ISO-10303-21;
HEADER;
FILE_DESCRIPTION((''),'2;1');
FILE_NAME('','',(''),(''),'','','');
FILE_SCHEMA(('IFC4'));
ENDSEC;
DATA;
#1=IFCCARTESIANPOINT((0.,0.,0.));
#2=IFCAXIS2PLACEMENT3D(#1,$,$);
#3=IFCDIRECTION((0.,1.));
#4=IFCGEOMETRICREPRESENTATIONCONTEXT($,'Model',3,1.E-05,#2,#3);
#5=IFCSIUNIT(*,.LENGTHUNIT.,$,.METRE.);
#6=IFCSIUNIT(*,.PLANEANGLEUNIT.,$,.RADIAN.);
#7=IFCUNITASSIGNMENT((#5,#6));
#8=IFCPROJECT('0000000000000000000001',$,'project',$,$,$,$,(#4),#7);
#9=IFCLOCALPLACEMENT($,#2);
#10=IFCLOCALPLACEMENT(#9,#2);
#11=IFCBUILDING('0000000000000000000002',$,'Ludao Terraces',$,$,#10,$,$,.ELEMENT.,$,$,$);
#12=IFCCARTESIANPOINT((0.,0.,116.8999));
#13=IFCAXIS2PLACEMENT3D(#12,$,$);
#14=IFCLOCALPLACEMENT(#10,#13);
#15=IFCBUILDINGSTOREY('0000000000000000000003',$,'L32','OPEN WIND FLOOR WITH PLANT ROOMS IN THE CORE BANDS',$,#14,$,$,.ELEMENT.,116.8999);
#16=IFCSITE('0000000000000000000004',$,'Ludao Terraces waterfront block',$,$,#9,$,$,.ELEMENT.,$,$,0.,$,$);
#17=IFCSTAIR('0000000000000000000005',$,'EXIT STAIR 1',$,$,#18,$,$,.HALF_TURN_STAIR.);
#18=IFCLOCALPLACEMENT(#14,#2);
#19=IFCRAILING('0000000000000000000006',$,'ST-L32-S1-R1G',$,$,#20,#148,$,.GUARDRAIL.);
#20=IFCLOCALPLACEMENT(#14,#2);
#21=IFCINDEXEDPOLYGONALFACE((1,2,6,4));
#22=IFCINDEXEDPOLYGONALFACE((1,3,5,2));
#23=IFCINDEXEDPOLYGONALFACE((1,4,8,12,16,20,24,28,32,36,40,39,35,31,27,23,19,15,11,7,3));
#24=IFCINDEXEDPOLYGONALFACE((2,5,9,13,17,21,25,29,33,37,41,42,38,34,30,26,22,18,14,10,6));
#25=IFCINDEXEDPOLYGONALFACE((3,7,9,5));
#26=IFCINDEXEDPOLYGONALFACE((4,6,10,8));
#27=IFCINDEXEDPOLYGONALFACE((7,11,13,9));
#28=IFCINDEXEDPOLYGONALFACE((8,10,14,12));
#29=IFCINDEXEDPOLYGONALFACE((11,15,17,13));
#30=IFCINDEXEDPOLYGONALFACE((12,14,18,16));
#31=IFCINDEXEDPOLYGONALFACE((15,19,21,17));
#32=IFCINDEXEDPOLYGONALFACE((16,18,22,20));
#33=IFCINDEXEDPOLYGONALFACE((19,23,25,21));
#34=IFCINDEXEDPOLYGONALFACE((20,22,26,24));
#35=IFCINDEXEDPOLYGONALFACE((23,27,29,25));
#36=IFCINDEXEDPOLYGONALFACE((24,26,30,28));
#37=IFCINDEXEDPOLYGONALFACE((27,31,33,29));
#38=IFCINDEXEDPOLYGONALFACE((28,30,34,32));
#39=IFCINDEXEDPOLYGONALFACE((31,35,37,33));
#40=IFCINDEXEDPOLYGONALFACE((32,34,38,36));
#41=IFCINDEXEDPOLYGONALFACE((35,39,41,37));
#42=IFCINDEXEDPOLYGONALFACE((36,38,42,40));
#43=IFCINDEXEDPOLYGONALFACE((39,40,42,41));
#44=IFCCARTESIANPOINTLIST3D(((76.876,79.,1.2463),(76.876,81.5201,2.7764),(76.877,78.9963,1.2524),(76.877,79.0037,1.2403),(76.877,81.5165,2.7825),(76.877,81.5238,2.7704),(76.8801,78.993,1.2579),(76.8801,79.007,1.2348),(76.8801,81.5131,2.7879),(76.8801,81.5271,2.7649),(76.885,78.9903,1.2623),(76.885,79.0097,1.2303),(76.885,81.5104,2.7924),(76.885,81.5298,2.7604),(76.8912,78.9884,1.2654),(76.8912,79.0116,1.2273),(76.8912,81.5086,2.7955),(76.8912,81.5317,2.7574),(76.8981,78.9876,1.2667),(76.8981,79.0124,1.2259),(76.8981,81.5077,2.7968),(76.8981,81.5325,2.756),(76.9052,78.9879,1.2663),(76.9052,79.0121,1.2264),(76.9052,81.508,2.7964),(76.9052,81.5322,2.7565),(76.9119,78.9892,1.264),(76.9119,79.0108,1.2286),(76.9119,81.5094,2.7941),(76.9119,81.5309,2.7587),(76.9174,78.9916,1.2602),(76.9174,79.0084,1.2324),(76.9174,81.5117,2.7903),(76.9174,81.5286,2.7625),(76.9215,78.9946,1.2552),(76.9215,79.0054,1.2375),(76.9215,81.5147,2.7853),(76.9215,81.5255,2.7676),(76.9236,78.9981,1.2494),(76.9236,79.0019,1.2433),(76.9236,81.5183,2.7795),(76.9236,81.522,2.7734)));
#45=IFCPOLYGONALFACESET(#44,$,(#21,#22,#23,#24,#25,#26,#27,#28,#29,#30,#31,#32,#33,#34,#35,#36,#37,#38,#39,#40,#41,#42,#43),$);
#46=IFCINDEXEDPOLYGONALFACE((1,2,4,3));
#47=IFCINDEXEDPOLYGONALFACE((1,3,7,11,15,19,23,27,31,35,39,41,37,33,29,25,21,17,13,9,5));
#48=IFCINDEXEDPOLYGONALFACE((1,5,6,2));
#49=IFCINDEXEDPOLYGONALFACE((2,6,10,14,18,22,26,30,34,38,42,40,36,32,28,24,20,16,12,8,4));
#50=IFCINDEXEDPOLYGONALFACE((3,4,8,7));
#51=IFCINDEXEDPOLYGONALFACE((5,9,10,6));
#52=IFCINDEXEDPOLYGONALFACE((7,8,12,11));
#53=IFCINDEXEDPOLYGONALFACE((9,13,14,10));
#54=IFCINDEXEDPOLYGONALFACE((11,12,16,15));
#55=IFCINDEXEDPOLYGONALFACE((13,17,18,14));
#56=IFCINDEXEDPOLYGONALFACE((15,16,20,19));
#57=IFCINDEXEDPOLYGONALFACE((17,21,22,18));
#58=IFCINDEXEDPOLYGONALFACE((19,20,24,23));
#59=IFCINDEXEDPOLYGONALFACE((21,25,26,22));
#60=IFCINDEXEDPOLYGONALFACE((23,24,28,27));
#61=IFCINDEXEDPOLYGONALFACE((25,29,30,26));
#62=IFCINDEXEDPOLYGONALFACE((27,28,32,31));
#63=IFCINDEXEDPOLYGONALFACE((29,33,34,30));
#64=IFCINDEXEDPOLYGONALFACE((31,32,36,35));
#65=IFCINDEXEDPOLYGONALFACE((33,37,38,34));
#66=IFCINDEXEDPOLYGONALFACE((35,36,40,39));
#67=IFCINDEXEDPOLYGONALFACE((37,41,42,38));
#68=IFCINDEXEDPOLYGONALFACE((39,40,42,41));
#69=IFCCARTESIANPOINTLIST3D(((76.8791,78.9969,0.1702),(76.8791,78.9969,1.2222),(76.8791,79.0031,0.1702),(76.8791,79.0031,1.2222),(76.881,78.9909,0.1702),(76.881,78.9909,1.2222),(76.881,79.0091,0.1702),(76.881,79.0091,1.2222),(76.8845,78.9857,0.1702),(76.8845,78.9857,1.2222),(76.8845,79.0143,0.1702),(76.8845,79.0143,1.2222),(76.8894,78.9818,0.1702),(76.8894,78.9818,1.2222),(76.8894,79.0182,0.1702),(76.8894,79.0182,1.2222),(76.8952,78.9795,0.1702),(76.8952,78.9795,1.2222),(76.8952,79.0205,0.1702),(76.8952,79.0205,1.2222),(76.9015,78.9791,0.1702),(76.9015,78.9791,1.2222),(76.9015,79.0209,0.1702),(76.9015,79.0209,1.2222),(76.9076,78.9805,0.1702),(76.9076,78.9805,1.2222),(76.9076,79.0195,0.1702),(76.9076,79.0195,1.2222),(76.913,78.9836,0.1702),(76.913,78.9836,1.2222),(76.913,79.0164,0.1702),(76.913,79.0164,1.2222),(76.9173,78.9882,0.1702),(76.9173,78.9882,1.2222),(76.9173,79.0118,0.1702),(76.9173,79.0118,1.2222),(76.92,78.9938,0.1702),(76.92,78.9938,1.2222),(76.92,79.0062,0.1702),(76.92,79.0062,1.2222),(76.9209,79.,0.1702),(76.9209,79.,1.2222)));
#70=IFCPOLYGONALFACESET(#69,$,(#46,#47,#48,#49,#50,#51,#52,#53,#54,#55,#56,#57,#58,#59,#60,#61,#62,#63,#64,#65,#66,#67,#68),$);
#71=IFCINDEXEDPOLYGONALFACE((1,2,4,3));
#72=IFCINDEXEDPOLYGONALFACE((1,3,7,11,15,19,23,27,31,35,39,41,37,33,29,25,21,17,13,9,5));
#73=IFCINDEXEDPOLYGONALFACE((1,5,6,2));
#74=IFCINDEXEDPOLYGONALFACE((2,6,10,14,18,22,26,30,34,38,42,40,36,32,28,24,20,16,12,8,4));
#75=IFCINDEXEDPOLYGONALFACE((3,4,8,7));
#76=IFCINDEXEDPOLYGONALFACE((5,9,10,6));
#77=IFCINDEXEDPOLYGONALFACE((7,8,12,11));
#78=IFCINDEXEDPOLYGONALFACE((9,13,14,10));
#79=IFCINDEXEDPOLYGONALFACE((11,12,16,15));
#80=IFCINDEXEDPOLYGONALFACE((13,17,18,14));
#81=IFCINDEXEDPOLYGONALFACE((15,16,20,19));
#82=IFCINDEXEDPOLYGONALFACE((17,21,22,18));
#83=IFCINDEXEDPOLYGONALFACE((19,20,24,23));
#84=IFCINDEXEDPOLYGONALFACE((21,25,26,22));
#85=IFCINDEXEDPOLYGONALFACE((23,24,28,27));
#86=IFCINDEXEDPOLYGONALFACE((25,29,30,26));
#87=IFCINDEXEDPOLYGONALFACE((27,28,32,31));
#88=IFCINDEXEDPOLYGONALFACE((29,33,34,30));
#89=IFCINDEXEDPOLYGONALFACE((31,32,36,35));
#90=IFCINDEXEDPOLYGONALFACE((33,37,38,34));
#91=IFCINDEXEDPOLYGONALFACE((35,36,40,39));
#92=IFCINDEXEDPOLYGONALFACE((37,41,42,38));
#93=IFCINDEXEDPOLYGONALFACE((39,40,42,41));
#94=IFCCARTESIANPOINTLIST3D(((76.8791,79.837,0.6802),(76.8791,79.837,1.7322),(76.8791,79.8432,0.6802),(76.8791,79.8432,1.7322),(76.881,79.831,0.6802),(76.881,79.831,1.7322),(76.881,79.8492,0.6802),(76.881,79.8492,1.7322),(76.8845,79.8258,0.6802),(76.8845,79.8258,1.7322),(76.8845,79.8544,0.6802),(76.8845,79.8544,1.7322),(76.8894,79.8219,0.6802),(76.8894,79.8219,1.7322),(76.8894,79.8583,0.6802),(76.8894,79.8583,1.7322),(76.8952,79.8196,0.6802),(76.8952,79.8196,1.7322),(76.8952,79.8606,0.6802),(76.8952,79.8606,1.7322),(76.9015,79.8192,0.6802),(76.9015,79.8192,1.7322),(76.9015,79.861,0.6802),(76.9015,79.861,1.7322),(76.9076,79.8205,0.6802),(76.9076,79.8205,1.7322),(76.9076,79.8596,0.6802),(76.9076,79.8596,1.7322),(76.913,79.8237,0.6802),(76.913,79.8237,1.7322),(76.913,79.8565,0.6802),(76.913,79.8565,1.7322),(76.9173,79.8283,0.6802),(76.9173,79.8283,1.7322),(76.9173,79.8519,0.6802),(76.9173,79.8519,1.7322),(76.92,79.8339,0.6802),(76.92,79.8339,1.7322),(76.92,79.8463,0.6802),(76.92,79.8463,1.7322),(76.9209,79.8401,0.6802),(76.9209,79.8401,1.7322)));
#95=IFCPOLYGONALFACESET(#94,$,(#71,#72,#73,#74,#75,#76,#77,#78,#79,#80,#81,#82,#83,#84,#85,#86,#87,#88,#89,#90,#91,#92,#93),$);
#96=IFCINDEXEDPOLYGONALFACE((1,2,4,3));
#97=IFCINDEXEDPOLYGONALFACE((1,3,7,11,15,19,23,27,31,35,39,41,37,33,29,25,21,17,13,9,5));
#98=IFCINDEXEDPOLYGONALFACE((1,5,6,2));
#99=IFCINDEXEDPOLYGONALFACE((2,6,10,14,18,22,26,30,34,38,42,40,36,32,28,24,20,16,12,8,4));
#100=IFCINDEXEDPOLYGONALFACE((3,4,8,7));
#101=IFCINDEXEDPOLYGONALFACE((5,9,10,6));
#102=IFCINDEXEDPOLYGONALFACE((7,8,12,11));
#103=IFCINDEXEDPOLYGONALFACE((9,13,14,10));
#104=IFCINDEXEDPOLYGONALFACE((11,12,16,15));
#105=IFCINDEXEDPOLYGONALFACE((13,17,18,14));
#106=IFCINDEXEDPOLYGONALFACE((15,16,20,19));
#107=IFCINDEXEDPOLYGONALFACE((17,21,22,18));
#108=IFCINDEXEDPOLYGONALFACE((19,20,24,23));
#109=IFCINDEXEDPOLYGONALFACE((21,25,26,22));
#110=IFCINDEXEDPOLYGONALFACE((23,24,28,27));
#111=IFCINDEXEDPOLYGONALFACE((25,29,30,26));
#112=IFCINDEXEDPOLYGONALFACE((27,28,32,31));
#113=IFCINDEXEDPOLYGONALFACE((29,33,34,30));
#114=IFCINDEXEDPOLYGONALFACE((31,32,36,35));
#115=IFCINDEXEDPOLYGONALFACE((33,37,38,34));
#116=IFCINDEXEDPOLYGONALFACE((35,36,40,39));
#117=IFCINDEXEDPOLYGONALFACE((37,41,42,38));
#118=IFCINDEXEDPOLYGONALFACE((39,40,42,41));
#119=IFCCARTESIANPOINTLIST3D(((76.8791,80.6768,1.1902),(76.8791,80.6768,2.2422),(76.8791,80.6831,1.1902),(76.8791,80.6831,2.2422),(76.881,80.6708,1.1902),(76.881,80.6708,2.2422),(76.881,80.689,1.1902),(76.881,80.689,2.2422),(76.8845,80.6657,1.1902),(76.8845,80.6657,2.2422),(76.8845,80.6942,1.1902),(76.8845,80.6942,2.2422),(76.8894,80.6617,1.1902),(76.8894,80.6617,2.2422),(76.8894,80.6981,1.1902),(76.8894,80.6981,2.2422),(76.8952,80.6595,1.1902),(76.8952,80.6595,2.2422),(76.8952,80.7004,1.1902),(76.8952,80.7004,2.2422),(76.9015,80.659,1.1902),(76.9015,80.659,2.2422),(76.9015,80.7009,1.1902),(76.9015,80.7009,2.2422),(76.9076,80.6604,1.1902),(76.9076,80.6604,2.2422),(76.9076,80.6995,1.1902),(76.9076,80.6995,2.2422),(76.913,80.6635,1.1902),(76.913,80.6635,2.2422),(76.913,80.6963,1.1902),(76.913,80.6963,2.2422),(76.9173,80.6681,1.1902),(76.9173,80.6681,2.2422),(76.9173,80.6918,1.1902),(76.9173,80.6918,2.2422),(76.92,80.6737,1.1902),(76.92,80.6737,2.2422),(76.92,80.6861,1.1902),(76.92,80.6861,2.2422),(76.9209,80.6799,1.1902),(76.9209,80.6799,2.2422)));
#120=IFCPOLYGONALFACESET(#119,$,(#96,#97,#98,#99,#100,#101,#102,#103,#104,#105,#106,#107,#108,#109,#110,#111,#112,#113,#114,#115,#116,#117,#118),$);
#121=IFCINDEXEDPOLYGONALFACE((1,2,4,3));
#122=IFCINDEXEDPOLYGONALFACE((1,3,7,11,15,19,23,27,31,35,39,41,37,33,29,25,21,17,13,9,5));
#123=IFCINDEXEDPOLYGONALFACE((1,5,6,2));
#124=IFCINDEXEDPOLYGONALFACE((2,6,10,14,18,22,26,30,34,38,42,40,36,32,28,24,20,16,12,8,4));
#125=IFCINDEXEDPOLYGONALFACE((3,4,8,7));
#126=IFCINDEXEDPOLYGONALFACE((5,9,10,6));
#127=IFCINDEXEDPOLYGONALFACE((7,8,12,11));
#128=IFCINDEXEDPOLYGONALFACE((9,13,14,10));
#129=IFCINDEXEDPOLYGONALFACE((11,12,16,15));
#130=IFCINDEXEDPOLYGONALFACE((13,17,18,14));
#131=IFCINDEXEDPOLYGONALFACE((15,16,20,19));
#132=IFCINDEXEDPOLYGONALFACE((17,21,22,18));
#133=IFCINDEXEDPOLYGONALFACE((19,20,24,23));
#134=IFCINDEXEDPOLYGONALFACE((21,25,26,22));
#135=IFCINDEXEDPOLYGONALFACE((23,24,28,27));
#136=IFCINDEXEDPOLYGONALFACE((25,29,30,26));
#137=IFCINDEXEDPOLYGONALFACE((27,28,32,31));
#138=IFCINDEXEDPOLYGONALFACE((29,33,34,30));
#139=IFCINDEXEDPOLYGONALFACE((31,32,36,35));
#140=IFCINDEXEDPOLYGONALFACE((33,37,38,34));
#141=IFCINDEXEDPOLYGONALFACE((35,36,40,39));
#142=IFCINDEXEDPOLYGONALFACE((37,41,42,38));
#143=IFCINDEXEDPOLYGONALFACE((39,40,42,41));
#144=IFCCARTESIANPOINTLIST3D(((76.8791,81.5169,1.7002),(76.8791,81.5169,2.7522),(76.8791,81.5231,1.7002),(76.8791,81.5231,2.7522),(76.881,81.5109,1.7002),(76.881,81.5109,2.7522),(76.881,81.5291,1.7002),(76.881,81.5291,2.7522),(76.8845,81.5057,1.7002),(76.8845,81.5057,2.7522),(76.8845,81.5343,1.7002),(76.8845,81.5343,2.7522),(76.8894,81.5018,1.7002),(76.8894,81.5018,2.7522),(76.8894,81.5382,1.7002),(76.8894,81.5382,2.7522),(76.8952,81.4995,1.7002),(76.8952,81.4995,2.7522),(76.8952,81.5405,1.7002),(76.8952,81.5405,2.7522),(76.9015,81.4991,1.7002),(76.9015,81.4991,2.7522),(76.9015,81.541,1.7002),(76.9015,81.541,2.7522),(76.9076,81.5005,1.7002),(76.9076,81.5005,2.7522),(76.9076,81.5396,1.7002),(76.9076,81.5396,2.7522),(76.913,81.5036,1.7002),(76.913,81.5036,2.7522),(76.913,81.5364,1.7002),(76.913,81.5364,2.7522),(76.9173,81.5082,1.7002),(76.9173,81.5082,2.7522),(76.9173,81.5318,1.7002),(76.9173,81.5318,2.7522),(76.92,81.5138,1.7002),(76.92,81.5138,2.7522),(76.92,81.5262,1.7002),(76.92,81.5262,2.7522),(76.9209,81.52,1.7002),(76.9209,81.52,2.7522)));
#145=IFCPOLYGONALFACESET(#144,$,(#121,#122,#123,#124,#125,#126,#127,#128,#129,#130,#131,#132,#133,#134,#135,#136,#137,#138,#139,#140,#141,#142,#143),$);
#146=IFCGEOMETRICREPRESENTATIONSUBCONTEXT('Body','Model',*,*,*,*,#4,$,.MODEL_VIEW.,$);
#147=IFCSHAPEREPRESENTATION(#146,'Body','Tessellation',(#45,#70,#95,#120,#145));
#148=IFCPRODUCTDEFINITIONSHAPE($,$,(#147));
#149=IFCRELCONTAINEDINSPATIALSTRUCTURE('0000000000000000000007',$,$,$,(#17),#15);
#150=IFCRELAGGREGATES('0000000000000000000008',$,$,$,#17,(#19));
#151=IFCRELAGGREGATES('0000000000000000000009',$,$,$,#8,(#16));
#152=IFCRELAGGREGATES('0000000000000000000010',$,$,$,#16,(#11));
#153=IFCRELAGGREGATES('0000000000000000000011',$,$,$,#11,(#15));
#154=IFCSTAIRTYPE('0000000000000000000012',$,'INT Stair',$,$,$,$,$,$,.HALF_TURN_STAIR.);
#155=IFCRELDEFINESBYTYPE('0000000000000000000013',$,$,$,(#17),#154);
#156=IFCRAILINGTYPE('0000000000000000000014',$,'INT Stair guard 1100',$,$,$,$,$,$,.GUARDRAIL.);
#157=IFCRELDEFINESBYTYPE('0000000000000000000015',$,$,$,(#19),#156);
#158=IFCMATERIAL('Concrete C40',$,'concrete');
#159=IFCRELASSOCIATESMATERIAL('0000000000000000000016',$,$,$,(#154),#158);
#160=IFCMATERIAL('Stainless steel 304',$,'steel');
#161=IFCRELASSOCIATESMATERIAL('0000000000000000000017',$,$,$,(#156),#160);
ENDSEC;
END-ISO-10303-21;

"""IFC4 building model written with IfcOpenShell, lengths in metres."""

from ifc_helpers import new_model, si_unit, direction, frame, origin, origin_2d, place, context, subcontext, project, spatial, circle, extrude, material, type_object, element, aggregate, save


model = new_model("IFC4")

# Units and contexts
model_context = context("Model", 3, precision=1e-05, world=origin(), true_north=direction((0.0, 1.0)))
body_context = subcontext(model_context, "Body", "Model", "MODEL_VIEW")
ifc_project = project(units=[si_unit("LENGTHUNIT", "METRE"), si_unit("PLANEANGLEUNIT", "RADIAN")], contexts=[model_context])

# Site, building, storey
site_placement = place(None, origin())
site = spatial("IfcSite", under=ifc_project, at=site_placement, Name="Ludao Terraces waterfront block", CompositionType="ELEMENT", RefElevation=0.0)
building_placement = place(site_placement, origin())
building = spatial("IfcBuilding", under=site, at=building_placement, Name="Ludao Terraces", CompositionType="ELEMENT")
storey_placement = place(building_placement, frame((0.0, 0.0, 116.8999)))
storey = spatial("IfcBuildingStorey", under=building, at=storey_placement, Name="L32", Description="OPEN WIND FLOOR WITH PLANT ROOMS IN THE CORE BANDS", CompositionType="ELEMENT", Elevation=116.8999)

# Stair, railing
ifc_material_1 = material(Name="Concrete C40", Category="concrete")
stair_type = type_object("IfcStairType", Name="INT Stair", PredefinedType="HALF_TURN_STAIR", material=ifc_material_1)
stair_placement = place(storey_placement, origin())
stair = element("IfcStair", 1, at=stair_placement, inside=storey, type_object=stair_type, Name="EXIT STAIR 1", PredefinedType="HALF_TURN_STAIR")
ifc_material_2 = material(Name="Stainless steel 304", Category="steel")
railing_type_1 = type_object("IfcRailingType", Name="INT Stair guard 1100", PredefinedType="GUARDRAIL", material=ifc_material_2)
railing_1_placement = place(storey_placement, frame((76.8999, 79.0, 0.1702)))
railing_1 = element("IfcRailing", 2, at=railing_1_placement, type_object=railing_type_1, Name="ST-L32-S1-R1G", PredefinedType="GUARDRAIL", context=body_context, shape_type="SweptSolid", body=[
    extrude(circle(Radius=0.0239, at=origin_2d()), frame((0.0, 0.0, 1.0762), z_axis=(0.0, 0.854785, 0.518982), x_axis=(-1.0, 0.0, 0.0)), (0.0, 0.0, 1.0), 2.9482),
    extrude(circle(Radius=0.021, at=origin_2d()), origin(), (0.0, 0.0, 1.0), 1.052),
    extrude(circle(Radius=0.021, at=origin_2d()), frame((0.0, 0.8401, 0.51)), (0.0, 0.0, 1.0), 1.052),
    extrude(circle(Radius=0.021, at=origin_2d()), frame((0.0, 1.6799, 1.02)), (0.0, 0.0, 1.0), 1.052),
    extrude(circle(Radius=0.021, at=origin_2d()), frame((0.0, 2.52, 1.53)), (0.0, 0.0, 1.0), 1.052),
])
aggregate(stair, [railing_1])

save(model, "model.ifc")
